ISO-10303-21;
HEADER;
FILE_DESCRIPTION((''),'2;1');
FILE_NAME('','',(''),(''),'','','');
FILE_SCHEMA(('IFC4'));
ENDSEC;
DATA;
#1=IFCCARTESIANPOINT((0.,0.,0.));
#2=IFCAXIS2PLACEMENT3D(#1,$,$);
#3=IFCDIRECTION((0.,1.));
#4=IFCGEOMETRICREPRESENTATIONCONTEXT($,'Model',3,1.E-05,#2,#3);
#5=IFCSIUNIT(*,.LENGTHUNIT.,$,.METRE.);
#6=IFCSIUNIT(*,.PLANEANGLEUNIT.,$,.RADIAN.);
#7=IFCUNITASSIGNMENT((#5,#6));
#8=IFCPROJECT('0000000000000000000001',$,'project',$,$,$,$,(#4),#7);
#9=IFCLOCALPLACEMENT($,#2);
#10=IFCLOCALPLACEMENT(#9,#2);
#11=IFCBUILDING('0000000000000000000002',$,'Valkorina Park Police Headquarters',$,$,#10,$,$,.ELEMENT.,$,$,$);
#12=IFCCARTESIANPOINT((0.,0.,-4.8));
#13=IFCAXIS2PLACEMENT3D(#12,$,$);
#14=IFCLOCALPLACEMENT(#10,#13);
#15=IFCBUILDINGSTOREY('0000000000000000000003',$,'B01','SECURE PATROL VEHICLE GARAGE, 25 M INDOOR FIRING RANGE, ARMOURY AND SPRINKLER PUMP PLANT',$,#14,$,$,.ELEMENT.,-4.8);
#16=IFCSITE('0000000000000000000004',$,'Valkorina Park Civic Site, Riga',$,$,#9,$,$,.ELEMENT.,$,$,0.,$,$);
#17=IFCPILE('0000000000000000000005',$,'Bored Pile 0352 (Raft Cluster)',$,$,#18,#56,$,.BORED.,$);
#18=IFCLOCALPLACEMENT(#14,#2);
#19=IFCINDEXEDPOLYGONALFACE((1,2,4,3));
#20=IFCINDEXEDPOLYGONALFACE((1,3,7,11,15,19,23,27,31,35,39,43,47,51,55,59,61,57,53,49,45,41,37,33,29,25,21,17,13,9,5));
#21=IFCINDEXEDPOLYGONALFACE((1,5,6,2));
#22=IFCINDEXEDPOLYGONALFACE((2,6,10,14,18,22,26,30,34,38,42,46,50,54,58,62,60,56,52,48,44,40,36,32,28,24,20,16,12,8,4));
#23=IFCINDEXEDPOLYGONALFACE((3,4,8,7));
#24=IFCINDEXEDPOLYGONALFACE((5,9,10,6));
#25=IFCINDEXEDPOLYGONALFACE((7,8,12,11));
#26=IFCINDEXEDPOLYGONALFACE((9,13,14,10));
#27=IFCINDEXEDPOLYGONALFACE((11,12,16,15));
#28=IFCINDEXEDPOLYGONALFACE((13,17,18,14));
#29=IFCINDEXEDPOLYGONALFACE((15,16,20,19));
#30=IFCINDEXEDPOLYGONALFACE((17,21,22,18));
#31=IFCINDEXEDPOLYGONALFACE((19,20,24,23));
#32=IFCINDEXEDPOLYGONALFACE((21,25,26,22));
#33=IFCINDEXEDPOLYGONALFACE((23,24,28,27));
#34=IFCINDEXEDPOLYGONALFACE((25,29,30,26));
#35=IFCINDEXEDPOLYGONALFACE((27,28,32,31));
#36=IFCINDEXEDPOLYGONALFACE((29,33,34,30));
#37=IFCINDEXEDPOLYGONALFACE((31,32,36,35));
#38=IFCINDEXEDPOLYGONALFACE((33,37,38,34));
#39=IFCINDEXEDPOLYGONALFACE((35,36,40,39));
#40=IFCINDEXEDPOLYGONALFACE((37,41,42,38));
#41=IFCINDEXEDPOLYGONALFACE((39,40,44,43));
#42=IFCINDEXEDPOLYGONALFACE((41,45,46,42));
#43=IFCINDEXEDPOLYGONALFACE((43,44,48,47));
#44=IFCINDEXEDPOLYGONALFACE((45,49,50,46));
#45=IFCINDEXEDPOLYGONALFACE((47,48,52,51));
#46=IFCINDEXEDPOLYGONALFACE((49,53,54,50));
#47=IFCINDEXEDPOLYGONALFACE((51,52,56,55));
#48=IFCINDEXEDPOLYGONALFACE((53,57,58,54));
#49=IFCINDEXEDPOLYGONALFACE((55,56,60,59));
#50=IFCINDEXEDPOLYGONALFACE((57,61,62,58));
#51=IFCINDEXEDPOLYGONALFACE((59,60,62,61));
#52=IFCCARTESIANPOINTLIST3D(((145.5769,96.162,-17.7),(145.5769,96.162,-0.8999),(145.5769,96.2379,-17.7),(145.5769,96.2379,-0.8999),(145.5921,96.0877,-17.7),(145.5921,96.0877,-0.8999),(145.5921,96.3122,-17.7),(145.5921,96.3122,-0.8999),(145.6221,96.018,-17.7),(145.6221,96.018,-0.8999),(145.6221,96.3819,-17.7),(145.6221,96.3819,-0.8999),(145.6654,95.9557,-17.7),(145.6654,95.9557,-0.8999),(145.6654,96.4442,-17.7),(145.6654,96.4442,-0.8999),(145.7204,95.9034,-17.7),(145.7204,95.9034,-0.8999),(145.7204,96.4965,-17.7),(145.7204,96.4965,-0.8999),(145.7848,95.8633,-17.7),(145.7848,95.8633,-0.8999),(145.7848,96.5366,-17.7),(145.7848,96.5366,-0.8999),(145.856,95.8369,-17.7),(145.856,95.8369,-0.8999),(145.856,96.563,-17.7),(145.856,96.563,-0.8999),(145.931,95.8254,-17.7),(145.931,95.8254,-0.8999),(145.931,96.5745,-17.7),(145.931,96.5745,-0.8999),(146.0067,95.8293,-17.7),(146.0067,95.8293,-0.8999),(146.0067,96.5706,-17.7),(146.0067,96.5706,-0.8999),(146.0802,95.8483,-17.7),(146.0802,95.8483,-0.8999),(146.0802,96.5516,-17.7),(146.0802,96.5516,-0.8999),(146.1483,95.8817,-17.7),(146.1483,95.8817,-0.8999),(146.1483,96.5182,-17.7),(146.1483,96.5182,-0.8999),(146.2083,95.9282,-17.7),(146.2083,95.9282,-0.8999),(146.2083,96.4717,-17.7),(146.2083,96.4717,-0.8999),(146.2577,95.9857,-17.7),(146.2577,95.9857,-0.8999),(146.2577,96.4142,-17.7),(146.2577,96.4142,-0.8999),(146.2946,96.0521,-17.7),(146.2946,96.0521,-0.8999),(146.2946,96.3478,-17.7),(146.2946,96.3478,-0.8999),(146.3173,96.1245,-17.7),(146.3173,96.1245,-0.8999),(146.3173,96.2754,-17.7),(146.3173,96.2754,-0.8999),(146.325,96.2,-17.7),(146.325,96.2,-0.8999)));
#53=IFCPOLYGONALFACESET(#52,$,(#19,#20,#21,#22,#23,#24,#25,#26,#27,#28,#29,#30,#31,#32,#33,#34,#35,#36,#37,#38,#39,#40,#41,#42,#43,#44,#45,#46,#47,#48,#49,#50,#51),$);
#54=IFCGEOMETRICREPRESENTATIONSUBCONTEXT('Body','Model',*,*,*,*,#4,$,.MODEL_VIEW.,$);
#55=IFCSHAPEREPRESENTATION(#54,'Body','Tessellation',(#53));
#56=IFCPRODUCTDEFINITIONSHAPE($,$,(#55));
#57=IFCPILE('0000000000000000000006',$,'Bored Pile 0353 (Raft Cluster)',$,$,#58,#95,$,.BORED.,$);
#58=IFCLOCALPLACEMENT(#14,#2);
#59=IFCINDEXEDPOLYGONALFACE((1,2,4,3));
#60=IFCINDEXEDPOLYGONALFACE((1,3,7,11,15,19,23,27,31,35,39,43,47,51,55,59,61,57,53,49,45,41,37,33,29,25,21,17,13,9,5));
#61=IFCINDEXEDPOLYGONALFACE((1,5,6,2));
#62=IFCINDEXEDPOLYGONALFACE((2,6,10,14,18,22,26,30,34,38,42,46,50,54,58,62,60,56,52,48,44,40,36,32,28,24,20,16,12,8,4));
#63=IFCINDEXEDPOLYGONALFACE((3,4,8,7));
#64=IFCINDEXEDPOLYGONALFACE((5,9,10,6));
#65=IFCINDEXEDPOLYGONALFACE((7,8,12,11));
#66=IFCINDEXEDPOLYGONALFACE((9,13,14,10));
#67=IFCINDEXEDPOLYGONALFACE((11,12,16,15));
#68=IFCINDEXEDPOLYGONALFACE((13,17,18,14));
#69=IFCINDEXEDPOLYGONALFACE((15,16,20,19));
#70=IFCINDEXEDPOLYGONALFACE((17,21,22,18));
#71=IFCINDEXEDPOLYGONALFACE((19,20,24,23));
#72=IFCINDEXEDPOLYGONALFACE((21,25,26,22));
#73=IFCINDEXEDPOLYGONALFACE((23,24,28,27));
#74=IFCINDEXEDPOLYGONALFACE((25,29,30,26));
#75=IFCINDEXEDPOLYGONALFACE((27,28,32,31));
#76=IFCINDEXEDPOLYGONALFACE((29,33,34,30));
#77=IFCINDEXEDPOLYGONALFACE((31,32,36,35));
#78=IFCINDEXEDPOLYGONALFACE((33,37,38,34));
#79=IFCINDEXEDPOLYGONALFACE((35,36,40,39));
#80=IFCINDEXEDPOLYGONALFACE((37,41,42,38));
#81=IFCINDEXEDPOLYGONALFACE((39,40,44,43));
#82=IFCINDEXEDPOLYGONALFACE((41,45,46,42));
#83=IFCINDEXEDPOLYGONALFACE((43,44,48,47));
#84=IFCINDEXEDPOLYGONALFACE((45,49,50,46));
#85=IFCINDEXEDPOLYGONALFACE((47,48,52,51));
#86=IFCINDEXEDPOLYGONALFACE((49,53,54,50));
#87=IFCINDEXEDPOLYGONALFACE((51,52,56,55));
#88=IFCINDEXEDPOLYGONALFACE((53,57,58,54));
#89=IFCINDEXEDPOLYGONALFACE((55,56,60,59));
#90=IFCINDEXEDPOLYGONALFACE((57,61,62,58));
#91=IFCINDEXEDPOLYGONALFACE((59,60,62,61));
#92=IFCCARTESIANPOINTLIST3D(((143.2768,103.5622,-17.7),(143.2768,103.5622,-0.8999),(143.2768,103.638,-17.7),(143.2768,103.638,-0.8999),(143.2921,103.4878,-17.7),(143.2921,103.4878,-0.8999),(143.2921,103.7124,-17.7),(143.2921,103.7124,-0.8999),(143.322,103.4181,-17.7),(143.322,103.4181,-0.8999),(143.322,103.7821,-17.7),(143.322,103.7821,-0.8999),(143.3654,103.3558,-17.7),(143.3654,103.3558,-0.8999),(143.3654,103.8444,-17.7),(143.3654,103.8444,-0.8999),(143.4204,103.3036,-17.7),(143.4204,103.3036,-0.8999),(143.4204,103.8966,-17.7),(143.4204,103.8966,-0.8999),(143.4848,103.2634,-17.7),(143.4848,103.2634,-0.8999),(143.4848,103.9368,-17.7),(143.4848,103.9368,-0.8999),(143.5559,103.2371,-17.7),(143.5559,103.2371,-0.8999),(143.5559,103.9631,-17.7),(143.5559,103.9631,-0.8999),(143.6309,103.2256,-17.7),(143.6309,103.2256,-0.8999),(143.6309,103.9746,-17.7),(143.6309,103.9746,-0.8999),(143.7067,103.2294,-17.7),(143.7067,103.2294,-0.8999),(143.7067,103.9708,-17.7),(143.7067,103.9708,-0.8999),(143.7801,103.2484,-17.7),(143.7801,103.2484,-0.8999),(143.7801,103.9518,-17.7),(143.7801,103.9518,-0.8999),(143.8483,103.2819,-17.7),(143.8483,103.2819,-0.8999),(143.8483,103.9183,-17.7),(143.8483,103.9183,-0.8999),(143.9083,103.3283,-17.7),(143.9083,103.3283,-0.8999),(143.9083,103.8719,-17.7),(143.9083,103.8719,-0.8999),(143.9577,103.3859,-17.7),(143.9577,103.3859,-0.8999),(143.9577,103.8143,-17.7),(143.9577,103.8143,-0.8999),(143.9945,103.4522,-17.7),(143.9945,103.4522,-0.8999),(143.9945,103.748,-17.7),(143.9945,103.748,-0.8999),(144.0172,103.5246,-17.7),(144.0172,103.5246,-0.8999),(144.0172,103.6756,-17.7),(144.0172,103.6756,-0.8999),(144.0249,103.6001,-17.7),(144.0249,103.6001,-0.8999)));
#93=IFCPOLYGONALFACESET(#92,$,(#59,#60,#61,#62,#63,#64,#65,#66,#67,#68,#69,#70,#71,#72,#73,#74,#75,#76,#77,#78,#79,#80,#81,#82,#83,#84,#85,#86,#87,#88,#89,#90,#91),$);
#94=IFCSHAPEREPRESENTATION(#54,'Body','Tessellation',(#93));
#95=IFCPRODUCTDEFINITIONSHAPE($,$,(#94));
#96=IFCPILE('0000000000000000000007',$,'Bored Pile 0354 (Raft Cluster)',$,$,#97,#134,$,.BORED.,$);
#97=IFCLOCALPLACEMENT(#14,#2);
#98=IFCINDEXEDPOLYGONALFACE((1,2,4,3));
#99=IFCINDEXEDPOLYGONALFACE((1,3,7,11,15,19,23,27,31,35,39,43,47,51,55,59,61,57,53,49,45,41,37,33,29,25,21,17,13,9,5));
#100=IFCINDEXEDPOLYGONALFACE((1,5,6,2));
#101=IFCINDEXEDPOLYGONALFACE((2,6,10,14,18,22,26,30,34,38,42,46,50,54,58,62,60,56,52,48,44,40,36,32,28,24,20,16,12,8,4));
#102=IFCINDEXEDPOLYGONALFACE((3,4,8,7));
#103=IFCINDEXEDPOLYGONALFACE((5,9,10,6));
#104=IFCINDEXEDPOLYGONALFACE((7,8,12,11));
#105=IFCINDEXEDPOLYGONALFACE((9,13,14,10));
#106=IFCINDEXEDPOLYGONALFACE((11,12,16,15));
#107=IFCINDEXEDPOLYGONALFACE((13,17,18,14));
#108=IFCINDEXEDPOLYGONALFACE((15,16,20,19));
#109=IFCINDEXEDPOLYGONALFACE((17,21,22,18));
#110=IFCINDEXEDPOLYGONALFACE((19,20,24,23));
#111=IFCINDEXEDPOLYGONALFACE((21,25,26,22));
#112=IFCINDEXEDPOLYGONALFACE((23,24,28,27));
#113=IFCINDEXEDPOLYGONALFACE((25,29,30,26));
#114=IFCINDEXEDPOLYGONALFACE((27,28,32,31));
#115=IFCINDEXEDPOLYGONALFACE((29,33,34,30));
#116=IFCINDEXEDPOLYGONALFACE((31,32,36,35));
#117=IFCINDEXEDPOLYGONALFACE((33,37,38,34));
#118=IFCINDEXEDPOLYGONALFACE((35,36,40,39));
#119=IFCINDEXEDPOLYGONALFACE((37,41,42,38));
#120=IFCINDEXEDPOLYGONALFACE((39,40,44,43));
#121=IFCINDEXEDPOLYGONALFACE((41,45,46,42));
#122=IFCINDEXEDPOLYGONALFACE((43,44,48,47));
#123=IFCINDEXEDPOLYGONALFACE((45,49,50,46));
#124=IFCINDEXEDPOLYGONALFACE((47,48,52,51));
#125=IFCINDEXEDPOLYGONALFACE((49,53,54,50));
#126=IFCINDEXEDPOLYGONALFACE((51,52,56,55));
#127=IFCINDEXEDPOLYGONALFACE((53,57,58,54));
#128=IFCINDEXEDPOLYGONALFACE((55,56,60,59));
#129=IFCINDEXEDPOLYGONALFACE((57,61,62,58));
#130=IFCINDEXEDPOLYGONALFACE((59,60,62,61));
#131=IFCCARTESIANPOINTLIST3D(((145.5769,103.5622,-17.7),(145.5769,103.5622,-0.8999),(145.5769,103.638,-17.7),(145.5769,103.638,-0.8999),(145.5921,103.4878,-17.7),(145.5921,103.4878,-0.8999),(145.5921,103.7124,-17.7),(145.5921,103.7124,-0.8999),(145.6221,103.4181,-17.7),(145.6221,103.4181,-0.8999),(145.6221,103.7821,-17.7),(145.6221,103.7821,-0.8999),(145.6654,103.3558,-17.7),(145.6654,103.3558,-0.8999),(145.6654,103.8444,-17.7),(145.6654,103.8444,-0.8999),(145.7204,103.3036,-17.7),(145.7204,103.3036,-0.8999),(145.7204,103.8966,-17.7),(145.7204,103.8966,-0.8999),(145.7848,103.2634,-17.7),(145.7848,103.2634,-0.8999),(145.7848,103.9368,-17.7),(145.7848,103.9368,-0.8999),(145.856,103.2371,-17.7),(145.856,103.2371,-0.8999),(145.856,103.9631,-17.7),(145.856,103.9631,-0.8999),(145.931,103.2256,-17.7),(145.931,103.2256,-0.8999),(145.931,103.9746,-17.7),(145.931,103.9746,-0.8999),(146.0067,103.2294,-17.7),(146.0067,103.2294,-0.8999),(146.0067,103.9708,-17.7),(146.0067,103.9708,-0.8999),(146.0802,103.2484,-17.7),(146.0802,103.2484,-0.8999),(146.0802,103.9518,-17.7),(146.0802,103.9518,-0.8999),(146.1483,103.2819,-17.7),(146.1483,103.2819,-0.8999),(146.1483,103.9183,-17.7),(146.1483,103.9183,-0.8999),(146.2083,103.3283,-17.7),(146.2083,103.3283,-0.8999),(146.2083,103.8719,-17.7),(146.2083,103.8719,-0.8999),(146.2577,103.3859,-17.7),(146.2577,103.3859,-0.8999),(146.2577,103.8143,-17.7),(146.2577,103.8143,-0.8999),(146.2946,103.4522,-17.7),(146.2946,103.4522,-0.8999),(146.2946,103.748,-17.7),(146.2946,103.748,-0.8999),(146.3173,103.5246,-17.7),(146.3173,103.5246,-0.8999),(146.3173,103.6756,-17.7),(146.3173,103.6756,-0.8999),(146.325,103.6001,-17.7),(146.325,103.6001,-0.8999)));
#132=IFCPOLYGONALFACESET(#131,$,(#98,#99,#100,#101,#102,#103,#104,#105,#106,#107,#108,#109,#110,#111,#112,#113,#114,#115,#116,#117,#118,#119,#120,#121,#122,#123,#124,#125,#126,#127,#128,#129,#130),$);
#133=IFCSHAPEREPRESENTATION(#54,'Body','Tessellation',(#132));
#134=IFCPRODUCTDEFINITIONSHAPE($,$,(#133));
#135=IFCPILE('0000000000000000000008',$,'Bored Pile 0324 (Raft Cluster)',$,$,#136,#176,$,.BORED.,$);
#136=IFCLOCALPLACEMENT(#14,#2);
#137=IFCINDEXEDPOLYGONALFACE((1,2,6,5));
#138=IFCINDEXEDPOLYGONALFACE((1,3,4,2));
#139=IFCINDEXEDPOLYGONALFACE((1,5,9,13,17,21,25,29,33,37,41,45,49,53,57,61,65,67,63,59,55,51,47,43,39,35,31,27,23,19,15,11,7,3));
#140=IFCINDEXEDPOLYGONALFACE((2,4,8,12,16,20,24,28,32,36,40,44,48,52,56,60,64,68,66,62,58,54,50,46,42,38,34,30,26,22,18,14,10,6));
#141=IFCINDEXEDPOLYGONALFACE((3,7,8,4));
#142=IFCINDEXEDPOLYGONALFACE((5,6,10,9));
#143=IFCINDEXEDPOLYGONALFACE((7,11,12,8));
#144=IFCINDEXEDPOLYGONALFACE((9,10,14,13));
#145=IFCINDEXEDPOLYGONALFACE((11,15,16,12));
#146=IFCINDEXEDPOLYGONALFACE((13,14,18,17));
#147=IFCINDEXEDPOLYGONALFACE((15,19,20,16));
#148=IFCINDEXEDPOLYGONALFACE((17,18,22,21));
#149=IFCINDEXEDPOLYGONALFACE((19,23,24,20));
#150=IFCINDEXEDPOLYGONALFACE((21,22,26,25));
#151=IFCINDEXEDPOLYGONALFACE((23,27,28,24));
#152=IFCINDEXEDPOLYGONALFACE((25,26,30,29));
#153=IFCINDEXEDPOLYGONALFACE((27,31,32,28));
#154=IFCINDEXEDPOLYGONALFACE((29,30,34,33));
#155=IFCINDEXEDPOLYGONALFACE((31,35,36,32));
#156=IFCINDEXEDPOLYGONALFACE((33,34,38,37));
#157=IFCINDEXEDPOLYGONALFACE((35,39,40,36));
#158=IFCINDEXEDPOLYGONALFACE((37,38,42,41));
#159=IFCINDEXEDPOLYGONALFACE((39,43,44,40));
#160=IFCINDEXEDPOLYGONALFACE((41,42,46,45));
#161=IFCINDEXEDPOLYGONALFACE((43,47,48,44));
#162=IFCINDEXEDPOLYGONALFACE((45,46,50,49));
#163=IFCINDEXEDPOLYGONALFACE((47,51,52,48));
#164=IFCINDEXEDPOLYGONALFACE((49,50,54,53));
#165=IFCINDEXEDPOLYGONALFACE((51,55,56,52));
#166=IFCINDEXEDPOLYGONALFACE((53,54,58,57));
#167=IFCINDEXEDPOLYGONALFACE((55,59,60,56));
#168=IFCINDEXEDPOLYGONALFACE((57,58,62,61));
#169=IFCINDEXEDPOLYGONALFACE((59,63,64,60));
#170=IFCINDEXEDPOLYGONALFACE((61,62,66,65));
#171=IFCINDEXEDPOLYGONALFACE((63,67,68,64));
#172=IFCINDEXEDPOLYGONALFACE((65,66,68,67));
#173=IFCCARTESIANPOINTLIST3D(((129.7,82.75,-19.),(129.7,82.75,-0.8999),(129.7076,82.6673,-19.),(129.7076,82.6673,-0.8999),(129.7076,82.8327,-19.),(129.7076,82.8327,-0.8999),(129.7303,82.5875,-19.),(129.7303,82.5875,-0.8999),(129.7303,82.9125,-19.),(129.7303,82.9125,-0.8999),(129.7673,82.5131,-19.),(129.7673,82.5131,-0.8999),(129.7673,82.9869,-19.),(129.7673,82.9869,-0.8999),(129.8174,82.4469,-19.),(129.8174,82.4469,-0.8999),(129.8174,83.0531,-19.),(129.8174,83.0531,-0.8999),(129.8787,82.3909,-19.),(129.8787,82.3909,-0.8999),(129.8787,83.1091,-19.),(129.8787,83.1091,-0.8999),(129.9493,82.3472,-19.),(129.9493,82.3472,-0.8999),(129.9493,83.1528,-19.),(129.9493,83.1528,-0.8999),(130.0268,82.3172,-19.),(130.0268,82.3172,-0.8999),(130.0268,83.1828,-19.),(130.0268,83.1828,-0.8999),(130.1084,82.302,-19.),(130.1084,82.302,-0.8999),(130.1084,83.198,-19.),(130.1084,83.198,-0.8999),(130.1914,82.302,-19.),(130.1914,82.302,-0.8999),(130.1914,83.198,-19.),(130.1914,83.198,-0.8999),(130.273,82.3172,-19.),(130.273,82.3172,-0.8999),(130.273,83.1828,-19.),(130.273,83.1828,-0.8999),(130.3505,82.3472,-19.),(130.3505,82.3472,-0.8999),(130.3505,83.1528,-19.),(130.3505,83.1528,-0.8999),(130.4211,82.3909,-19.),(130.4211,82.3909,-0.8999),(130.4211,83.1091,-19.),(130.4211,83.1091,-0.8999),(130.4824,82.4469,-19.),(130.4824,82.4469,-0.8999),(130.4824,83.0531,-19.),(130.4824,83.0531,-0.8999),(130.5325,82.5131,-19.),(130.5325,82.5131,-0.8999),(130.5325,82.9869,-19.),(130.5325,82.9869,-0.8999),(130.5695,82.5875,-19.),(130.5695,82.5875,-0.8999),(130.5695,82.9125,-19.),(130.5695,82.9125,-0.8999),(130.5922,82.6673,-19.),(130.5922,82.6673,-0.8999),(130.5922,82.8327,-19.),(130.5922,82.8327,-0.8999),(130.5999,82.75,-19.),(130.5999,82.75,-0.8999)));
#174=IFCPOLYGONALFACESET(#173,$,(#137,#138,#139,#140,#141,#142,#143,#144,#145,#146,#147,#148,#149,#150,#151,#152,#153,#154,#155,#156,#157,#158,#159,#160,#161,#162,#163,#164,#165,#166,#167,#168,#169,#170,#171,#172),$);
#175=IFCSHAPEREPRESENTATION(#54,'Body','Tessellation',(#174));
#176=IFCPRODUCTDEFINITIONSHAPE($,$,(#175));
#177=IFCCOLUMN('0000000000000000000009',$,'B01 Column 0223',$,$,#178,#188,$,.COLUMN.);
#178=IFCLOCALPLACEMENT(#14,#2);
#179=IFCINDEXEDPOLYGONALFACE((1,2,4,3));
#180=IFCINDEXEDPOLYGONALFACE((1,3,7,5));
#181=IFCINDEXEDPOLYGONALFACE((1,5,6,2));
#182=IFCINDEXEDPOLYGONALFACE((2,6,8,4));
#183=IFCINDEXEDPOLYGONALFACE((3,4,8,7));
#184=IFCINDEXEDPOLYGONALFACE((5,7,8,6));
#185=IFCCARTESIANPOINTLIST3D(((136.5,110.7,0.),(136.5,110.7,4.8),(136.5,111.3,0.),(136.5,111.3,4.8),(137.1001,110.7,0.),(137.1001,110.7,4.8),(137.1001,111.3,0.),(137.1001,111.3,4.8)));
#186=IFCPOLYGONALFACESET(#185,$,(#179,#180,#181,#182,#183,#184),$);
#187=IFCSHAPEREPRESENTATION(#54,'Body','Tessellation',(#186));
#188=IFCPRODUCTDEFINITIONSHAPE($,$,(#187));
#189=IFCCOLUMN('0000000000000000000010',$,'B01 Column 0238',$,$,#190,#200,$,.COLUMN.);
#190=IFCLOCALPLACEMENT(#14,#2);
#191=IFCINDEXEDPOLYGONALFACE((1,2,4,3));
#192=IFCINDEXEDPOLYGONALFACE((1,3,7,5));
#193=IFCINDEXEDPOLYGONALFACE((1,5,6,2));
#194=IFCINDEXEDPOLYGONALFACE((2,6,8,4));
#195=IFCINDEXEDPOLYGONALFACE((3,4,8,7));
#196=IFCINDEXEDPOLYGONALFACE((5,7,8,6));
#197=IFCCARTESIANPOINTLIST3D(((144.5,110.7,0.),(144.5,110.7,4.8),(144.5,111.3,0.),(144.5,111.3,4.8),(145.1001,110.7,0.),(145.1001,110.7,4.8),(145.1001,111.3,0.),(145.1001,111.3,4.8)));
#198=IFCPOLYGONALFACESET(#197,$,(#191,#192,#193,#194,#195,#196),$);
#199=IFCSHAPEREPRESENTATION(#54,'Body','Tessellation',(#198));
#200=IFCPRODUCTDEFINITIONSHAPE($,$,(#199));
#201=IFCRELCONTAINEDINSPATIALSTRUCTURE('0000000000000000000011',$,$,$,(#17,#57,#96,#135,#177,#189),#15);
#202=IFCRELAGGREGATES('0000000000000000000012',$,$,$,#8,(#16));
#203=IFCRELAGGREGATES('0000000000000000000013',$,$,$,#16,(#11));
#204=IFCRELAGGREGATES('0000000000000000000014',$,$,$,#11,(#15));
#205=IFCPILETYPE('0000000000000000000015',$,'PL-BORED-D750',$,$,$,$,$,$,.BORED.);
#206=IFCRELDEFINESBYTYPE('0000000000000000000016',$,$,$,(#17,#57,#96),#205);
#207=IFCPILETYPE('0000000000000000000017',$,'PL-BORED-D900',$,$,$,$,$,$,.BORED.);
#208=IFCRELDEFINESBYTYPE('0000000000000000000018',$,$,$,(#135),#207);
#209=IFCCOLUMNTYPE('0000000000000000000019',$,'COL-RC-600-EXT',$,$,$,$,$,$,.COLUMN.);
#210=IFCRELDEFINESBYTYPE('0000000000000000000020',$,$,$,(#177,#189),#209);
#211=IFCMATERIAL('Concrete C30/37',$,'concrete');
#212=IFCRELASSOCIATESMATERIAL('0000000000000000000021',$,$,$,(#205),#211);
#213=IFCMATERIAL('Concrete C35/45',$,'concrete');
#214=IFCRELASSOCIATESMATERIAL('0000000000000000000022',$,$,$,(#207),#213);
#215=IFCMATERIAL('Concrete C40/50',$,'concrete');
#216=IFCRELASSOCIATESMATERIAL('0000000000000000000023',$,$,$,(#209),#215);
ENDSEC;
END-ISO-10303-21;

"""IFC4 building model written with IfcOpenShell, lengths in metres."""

from ifc_helpers import new_model, si_unit, direction, frame, origin, origin_2d, place, context, subcontext, project, spatial, rectangle, circle, extrude, material, material_profile, profile_set, type_object, element, save


model = new_model("IFC4")

# Units and contexts
model_context = context("Model", 3, precision=1e-05, world=origin(), true_north=direction((0.0, 1.0)))
body_context = subcontext(model_context, "Body", "Model", "MODEL_VIEW")
ifc_project = project(units=[si_unit("LENGTHUNIT", "METRE"), si_unit("PLANEANGLEUNIT", "RADIAN")], contexts=[model_context])

# Site, building, storey
site_placement = place(None, origin())
site = spatial("IfcSite", under=ifc_project, at=site_placement, Name="Valkorina Park Civic Site, Riga", CompositionType="ELEMENT", RefElevation=0.0)
building_placement = place(site_placement, origin())
building = spatial("IfcBuilding", under=site, at=building_placement, Name="Valkorina Park Police Headquarters", CompositionType="ELEMENT")
storey_placement = place(building_placement, frame((0.0, 0.0, -4.8)))
storey = spatial("IfcBuildingStorey", under=building, at=storey_placement, Name="B01", Description="SECURE PATROL VEHICLE GARAGE, 25 M INDOOR FIRING RANGE, ARMOURY AND SPRINKLER PUMP PLANT", CompositionType="ELEMENT", Elevation=-4.8)

# Piles
ifc_material_1 = material(Name="Concrete C30/37", Category="concrete")
ifc_material_profile_1 = material_profile(ifc_material_1, circle(Radius=0.375, at=origin_2d()), Name="BORED PILE D750")
ifc_profile_set_1 = profile_set([ifc_material_profile_1], Name="Concrete C30/37")
pile_type_1 = type_object("IfcPileType", Name="PL-BORED-D750", PredefinedType="BORED", material=ifc_profile_set_1)
for number, where, z_axis, x_axis, name in (
    (1, (145.95, 96.2, -0.8999), (0.0, 0.0, -1.0), (1.0, 0.0, 0.0), "Bored Pile 0352 (Raft Cluster)"),
    (2, (143.6499, 103.6001, -0.8999), (0.0, 0.0, -1.0), (1.0, 0.0, 0.0), "Bored Pile 0353 (Raft Cluster)"),
    (3, (145.95, 103.6001, -0.8999), (0.0, 0.0, -1.0), (1.0, 0.0, 0.0), "Bored Pile 0354 (Raft Cluster)"),
):
    element("IfcPile", number, at=place(storey_placement, frame(where, z_axis=z_axis, x_axis=x_axis)), inside=storey, type_object=pile_type_1, Name=name, PredefinedType="BORED", context=body_context, shape_type="SweptSolid", body=[
        extrude(circle(Radius=0.375, at=origin_2d()), origin(), (0.0, 0.0, 1.0), 16.8),
    ])
ifc_material_2 = material(Name="Concrete C35/45", Category="concrete")
ifc_material_profile_2 = material_profile(ifc_material_2, circle(Radius=0.45, at=origin_2d()), Name="BORED PILE D900")
ifc_profile_set_2 = profile_set([ifc_material_profile_2], Name="Concrete C35/45")
pile_type_2 = type_object("IfcPileType", Name="PL-BORED-D900", PredefinedType="BORED", material=ifc_profile_set_2)
pile_placement = place(storey_placement, frame((130.1499, 82.75, -0.8999), z_axis=(0.0, 0.0, -1.0), x_axis=(1.0, 0.0, 0.0)))
element("IfcPile", 4, at=pile_placement, inside=storey, type_object=pile_type_2, Name="Bored Pile 0324 (Raft Cluster)", PredefinedType="BORED", context=body_context, shape_type="SweptSolid", body=[
    extrude(circle(Radius=0.45, at=origin_2d()), origin(), (0.0, 0.0, 1.0), 18.1001),
])

# Columns
ifc_material_3 = material(Name="Concrete C40/50", Category="concrete")
ifc_material_profile_3 = material_profile(ifc_material_3, rectangle(XDim=0.6001, YDim=0.6001, at=origin_2d()), Name="RC COL 600x600")
ifc_profile_set_3 = profile_set([ifc_material_profile_3], Name="Concrete C40/50")
column_type_1 = type_object("IfcColumnType", Name="COL-RC-600-EXT", PredefinedType="COLUMN", material=ifc_profile_set_3)
for number, where, z_axis, x_axis, name in (
    (5, (136.8, 111.0, 0.0), (0.0, 0.0, 1.0), (1.0, 0.0, 0.0), "B01 Column 0223"),
    (6, (144.8, 111.0, 0.0), (0.0, 0.0, 1.0), (1.0, 0.0, 0.0), "B01 Column 0238"),
):
    element("IfcColumn", number, at=place(storey_placement, frame(where, z_axis=z_axis, x_axis=x_axis)), inside=storey, type_object=column_type_1, Name=name, PredefinedType="COLUMN", context=body_context, shape_type="SweptSolid", body=[
        extrude(rectangle(XDim=0.6001, YDim=0.6001, at=origin_2d()), origin(), (0.0, 0.0, 1.0), 4.8),
    ])

save(model, "model.ifc")
